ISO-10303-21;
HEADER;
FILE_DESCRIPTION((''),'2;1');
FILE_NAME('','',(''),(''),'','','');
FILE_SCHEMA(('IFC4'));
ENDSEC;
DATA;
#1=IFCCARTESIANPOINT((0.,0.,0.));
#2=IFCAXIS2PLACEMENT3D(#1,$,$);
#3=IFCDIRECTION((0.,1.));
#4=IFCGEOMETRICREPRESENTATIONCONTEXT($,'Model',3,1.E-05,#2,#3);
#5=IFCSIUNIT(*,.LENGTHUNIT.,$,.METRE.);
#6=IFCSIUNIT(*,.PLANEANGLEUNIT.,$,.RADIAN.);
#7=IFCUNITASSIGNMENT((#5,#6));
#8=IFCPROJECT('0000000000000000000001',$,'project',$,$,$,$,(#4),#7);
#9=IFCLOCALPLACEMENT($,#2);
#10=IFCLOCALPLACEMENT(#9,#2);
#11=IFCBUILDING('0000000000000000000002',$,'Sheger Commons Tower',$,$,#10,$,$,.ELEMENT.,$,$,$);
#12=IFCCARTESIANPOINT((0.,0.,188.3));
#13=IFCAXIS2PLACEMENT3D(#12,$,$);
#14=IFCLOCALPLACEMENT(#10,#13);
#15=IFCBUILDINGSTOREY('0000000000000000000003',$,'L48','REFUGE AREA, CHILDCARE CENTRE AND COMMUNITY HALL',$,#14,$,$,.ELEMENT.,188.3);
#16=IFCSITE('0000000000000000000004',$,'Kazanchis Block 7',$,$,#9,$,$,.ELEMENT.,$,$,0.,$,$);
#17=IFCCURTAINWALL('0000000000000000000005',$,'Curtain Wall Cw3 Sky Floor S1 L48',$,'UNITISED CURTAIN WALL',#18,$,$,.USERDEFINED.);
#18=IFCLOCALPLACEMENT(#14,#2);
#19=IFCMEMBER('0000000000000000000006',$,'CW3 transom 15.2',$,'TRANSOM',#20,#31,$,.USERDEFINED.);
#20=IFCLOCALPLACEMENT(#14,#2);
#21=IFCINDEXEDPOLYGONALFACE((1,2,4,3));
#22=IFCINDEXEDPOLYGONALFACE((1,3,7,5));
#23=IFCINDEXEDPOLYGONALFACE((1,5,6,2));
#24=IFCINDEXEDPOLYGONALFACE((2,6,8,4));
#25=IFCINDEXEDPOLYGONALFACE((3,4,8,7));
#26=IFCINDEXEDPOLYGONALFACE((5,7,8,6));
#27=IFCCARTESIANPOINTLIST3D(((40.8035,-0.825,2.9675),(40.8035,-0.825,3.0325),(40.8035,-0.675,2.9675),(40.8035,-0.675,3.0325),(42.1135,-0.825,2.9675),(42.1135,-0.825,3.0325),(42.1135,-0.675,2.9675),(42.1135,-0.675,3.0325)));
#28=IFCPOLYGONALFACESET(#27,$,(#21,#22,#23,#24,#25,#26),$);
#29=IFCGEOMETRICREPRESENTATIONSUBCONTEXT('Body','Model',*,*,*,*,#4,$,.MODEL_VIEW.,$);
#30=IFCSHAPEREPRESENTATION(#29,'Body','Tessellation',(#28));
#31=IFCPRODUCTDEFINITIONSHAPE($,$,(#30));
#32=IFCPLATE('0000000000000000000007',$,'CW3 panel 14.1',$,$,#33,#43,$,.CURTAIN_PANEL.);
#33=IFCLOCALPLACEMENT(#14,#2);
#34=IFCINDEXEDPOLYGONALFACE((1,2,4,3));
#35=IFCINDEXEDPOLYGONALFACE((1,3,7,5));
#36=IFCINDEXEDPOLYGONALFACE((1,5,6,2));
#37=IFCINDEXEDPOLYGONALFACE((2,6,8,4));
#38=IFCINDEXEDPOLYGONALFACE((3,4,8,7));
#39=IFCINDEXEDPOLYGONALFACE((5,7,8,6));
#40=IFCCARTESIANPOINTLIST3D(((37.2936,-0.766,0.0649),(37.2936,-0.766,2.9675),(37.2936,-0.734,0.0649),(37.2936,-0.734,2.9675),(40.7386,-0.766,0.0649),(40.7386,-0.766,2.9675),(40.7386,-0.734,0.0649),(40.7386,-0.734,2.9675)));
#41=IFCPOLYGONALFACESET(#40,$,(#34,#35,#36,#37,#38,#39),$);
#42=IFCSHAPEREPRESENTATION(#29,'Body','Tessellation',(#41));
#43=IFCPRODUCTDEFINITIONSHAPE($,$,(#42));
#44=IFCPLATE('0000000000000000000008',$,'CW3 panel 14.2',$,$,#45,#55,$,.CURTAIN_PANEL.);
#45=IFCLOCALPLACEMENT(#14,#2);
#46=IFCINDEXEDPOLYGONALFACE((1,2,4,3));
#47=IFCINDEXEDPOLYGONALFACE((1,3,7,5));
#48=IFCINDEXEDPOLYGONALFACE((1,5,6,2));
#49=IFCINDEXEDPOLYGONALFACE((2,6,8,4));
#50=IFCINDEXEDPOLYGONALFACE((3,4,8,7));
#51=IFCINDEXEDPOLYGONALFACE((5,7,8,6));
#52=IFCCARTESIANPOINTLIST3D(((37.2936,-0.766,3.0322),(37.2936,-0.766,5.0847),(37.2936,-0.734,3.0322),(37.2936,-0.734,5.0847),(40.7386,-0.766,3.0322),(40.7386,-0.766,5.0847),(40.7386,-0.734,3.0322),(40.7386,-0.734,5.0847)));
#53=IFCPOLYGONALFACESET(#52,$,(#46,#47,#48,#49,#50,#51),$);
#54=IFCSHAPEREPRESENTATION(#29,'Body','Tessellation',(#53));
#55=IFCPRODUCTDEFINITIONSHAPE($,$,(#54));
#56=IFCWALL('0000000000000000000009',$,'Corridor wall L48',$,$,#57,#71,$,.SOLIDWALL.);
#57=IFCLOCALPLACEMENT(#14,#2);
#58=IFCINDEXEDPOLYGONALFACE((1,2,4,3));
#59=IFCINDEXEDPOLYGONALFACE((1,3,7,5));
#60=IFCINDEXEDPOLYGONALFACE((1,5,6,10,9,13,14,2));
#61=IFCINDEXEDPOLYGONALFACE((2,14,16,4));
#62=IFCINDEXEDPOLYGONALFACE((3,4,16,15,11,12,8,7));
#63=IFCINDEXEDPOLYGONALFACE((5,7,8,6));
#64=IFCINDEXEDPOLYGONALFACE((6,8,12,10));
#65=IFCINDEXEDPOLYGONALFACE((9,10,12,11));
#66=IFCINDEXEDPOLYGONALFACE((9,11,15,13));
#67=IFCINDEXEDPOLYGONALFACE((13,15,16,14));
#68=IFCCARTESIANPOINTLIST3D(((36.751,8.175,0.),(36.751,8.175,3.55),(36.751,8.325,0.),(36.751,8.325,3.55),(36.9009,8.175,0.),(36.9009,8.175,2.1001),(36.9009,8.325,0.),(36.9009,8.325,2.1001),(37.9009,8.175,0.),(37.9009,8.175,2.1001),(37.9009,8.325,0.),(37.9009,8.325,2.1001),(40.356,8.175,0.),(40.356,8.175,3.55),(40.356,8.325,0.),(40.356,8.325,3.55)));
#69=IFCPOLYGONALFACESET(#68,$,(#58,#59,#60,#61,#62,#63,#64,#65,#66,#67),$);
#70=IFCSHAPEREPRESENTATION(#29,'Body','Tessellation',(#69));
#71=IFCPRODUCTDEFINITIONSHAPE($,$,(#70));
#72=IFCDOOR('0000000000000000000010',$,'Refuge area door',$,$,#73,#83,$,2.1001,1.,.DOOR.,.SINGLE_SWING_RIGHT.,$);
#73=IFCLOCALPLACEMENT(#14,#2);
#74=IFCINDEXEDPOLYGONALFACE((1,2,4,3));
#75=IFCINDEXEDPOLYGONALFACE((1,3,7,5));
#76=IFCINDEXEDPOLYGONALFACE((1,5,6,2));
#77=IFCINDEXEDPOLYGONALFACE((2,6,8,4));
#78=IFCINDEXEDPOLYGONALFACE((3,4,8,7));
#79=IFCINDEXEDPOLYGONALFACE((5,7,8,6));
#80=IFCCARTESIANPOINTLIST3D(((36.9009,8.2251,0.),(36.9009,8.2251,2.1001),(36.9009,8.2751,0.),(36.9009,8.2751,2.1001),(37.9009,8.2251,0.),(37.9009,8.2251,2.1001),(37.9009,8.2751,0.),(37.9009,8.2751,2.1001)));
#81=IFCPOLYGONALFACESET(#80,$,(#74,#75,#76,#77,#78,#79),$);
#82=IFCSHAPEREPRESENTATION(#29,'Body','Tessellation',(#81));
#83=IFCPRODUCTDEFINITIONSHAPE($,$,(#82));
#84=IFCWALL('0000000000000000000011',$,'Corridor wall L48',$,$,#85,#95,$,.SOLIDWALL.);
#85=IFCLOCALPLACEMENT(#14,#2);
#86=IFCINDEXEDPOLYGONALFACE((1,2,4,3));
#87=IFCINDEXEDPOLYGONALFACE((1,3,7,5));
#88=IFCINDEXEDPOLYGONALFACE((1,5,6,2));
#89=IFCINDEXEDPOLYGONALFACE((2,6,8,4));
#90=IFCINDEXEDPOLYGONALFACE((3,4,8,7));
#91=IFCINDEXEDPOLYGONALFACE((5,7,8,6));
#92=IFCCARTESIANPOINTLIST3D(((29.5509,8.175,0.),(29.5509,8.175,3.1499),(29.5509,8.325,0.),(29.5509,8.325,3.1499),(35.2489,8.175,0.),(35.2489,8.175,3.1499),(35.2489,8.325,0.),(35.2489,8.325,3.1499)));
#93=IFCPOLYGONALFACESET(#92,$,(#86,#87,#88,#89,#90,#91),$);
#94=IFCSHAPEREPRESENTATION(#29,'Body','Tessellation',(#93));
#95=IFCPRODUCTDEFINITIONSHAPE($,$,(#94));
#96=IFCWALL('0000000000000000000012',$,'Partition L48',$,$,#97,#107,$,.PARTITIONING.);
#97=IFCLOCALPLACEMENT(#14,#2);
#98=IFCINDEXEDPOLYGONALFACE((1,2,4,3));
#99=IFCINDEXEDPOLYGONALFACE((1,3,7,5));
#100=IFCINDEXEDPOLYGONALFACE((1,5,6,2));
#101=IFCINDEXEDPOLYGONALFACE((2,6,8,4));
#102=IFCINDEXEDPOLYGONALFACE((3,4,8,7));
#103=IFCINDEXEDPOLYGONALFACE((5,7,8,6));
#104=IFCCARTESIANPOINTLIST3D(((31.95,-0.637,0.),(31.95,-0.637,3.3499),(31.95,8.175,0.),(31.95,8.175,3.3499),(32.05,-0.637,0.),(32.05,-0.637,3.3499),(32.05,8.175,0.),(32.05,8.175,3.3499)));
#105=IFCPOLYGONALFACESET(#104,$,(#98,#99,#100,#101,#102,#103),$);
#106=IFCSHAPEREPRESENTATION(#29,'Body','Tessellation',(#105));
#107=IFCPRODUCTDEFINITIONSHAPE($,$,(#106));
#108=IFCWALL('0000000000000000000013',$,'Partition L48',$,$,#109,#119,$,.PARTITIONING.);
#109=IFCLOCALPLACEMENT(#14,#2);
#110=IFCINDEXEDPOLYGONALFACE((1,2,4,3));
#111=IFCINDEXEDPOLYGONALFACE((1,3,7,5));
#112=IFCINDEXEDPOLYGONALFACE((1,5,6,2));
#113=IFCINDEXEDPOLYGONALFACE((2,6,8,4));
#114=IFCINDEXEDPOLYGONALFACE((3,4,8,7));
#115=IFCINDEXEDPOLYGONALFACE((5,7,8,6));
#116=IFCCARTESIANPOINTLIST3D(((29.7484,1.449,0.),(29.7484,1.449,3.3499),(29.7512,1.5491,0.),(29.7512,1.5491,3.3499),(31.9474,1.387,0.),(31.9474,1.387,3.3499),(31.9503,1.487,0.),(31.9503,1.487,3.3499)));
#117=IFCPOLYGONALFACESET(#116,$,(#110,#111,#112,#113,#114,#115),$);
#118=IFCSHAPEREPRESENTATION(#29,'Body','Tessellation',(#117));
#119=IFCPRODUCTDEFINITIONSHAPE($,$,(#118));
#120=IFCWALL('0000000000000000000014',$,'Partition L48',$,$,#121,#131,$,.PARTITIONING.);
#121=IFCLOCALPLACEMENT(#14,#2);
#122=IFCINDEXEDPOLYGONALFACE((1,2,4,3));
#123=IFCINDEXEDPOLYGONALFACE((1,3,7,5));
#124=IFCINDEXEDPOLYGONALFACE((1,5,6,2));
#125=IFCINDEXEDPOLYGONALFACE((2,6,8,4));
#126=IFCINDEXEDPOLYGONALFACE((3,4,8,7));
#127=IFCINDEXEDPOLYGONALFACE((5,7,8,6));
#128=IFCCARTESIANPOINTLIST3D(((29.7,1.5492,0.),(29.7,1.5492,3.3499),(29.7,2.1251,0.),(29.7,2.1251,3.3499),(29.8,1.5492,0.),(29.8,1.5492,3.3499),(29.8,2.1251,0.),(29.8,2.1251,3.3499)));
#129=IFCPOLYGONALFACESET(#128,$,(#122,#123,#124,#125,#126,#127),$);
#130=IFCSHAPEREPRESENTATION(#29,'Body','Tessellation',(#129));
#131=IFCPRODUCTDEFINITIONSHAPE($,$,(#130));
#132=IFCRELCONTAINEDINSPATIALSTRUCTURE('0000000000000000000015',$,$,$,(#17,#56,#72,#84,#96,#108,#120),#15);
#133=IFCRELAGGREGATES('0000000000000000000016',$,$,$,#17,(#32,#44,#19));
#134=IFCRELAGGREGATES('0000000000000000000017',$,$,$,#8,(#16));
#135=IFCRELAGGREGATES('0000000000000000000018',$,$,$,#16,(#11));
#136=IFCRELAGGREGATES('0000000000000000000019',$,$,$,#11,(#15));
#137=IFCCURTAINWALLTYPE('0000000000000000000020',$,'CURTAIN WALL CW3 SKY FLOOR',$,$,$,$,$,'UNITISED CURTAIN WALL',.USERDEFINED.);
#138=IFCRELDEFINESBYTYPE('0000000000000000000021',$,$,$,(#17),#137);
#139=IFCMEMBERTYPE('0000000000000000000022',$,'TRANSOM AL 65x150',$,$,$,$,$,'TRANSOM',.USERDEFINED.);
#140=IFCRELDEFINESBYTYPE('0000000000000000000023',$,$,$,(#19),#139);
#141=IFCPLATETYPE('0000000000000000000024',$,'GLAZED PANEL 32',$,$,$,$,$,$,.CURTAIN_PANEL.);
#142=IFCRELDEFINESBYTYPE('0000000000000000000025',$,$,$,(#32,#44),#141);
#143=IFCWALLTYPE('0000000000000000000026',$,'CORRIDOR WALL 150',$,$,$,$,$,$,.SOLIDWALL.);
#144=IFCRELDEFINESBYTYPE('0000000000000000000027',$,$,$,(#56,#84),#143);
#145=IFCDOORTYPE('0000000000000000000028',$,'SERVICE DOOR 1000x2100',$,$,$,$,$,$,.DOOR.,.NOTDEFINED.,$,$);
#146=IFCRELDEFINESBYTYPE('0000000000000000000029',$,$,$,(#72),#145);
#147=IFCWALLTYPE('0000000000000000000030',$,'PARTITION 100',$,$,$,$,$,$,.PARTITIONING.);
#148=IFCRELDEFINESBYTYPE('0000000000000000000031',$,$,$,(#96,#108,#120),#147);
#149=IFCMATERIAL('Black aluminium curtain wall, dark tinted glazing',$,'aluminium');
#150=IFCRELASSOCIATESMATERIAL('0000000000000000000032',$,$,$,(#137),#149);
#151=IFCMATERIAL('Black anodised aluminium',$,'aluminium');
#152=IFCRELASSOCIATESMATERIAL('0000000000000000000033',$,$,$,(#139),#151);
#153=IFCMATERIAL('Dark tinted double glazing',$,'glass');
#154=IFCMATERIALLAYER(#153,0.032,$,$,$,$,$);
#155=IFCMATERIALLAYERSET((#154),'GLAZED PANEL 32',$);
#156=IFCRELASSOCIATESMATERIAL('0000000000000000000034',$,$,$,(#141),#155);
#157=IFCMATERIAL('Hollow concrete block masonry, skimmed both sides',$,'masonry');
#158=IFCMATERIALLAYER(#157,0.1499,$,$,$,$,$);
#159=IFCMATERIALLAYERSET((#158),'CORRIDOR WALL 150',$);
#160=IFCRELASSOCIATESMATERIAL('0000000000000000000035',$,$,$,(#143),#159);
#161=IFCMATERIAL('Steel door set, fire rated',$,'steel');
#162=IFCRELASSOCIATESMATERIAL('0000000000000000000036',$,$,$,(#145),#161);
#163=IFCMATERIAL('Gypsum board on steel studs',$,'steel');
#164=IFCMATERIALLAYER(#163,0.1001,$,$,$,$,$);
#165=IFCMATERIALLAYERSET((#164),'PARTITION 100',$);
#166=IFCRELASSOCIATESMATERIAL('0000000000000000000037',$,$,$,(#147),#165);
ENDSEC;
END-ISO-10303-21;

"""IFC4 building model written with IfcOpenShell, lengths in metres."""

from ifc_helpers import new_model, si_unit, direction, frame, frame_2d, origin, origin_2d, place, context, subcontext, project, spatial, rectangle, extrude, material, layer, layer_set, material_profile, profile_set, type_object, element, fill, aggregate, save


model = new_model("IFC4")

# Units and contexts
model_context = context("Model", 3, precision=1e-05, world=origin(), true_north=direction((0.0, 1.0)))
body_context = subcontext(model_context, "Body", "Model", "MODEL_VIEW")
ifc_project = project(units=[si_unit("LENGTHUNIT", "METRE"), si_unit("PLANEANGLEUNIT", "RADIAN")], contexts=[model_context])

# Site, building, storey
site_placement = place(None, origin())
site = spatial("IfcSite", under=ifc_project, at=site_placement, Name="Kazanchis Block 7", CompositionType="ELEMENT", RefElevation=0.0)
building_placement = place(site_placement, origin())
building = spatial("IfcBuilding", under=site, at=building_placement, Name="Sheger Commons Tower", CompositionType="ELEMENT")
storey_placement = place(building_placement, frame((0.0, 0.0, 188.3)))
storey = spatial("IfcBuildingStorey", under=building, at=storey_placement, Name="L48", Description="REFUGE AREA, CHILDCARE CENTRE AND COMMUNITY HALL", CompositionType="ELEMENT", Elevation=188.3)

# Curtain wall
ifc_material_1 = material(Name="Black aluminium curtain wall, dark tinted glazing", Category="aluminium")
curtain_wall_type = type_object("IfcCurtainWallType", Name="CURTAIN WALL CW3 SKY FLOOR", ElementType="UNITISED CURTAIN WALL", PredefinedType="USERDEFINED", material=ifc_material_1)
curtain_wall_placement = place(storey_placement, origin())
curtain_wall = element("IfcCurtainWall", 1, at=curtain_wall_placement, inside=storey, type_object=curtain_wall_type, Name="Curtain Wall Cw3 Sky Floor S1 L48", ObjectType="UNITISED CURTAIN WALL", PredefinedType="USERDEFINED")

# Member
ifc_material_2 = material(Name="Black anodised aluminium", Category="aluminium")
ifc_material_profile_1 = material_profile(ifc_material_2, rectangle(XDim=0.1499, YDim=0.0649, at=origin_2d()), Name="AL 65x150")
ifc_profile_set_1 = profile_set([ifc_material_profile_1], Name="Black anodised aluminium")
member_type_1 = type_object("IfcMemberType", Name="TRANSOM AL 65x150", ElementType="TRANSOM", PredefinedType="USERDEFINED", material=ifc_profile_set_1)
member_1_placement = place(storey_placement, frame((40.8035, -0.75, 3.0), z_axis=(1.0, 0.0, 0.0), x_axis=(0.0, 1.0, 0.0)))
member_1 = element("IfcMember", 2, at=member_1_placement, type_object=member_type_1, Name="CW3 transom 15.2", ObjectType="TRANSOM", PredefinedType="USERDEFINED", context=body_context, shape_type="SweptSolid", body=[
    extrude(rectangle(XDim=0.1499, YDim=0.0649, at=origin_2d()), origin(), (0.0, 0.0, 1.0), 1.3101),
])

# Plates
ifc_material_3 = material(Name="Dark tinted double glazing", Category="glass")
ifc_layer_1 = layer(ifc_material_3, 0.032)
ifc_layer_set_1 = layer_set([ifc_layer_1], Name="GLAZED PANEL 32")
plate_type = type_object("IfcPlateType", Name="GLAZED PANEL 32", PredefinedType="CURTAIN_PANEL", material=ifc_layer_set_1)
plate_1_placement = place(storey_placement, frame((39.0161, -0.75, 0.0649), z_axis=(0.0, 0.0, 1.0), x_axis=(1.0, 0.0, 0.0)))
plate_1 = element("IfcPlate", 3, at=plate_1_placement, type_object=plate_type, Name="CW3 panel 14.1", PredefinedType="CURTAIN_PANEL", context=body_context, shape_type="SweptSolid", body=[
    extrude(rectangle(XDim=3.4451, YDim=0.032, at=origin_2d()), origin(), (0.0, 0.0, 1.0), 2.9026),
])
plate_2_placement = place(storey_placement, frame((39.0161, -0.75, 3.0322), z_axis=(0.0, 0.0, 1.0), x_axis=(1.0, 0.0, 0.0)))
plate_2 = element("IfcPlate", 4, at=plate_2_placement, type_object=plate_type, Name="CW3 panel 14.2", PredefinedType="CURTAIN_PANEL", context=body_context, shape_type="SweptSolid", body=[
    extrude(rectangle(XDim=3.4451, YDim=0.032, at=origin_2d()), origin(), (0.0, 0.0, 1.0), 2.0525),
])
aggregate(curtain_wall, [plate_1, plate_2, member_1])

# Wall, opening, door
ifc_material_4 = material(Name="Hollow concrete block masonry, skimmed both sides", Category="masonry")
ifc_layer_2 = layer(ifc_material_4, 0.1499)
ifc_layer_set_2 = layer_set([ifc_layer_2], Name="CORRIDOR WALL 150")
wall_type_1 = type_object("IfcWallType", Name="CORRIDOR WALL 150", PredefinedType="SOLIDWALL", material=ifc_layer_set_2)
wall_1_placement = place(storey_placement, frame((40.356, 8.25, 0.0), z_axis=(0.0, 0.0, 1.0), x_axis=(-1.0, 0.0, 0.0)))
wall_1 = element("IfcWall", 5, at=wall_1_placement, inside=storey, type_object=wall_type_1, Name="Corridor wall L48", PredefinedType="SOLIDWALL", context=body_context, shape_type="SweptSolid", body=[
    extrude(rectangle(XDim=3.605, YDim=0.1499, at=frame_2d((1.8025, 0.0))), origin(), (0.0, 0.0, 1.0), 3.55),
])
opening_1_placement = place(wall_1_placement, frame((2.4551, 0.0, 0.0)))
opening_1 = element("IfcOpeningElement", 6, at=opening_1_placement, cuts=wall_1, PredefinedType="OPENING", context=body_context, shape_type="SweptSolid", body=[
    extrude(rectangle(XDim=1.0, YDim=2.1001, at=frame_2d((0.5, 1.05))), frame((0.0, 0.085, 0.0), z_axis=(0.0, -1.0, 0.0), x_axis=(1.0, 0.0, 0.0)), (0.0, 0.0, 1.0), 0.1699),
])
ifc_material_5 = material(Name="Steel door set, fire rated", Category="steel")
door_type = type_object("IfcDoorType", Name="SERVICE DOOR 1000x2100", OperationType="NOTDEFINED", PredefinedType="DOOR", material=ifc_material_5)
door_1_placement = place(opening_1_placement, origin())
door_1 = element("IfcDoor", 7, at=door_1_placement, inside=storey, type_object=door_type, Name="Refuge area door", OperationType="SINGLE_SWING_RIGHT", OverallHeight=2.1001, OverallWidth=1.0, PredefinedType="DOOR", context=body_context, shape_type="SweptSolid", body=[
    extrude(rectangle(XDim=1.0, YDim=2.1001, at=frame_2d((0.5, 1.05))), frame((0.0, 0.0249, 0.0), z_axis=(0.0, -1.0, 0.0), x_axis=(1.0, 0.0, 0.0)), (0.0, 0.0, 1.0), 0.05),
])
fill(opening_1, door_1)

# Walls
wall_2_placement = place(storey_placement, frame((35.249, 8.25, 0.0), z_axis=(0.0, 0.0, 1.0), x_axis=(-1.0, 0.0, 0.0)))
element("IfcWall", 8, at=wall_2_placement, inside=storey, type_object=wall_type_1, Name="Corridor wall L48", PredefinedType="SOLIDWALL", context=body_context, shape_type="SweptSolid", body=[
    extrude(rectangle(XDim=5.698, YDim=0.1499, at=frame_2d((2.8491, 0.0))), origin(), (0.0, 0.0, 1.0), 3.1499),
])
ifc_material_6 = material(Name="Gypsum board on steel studs", Category="steel")
ifc_layer_3 = layer(ifc_material_6, 0.1001)
ifc_layer_set_3 = layer_set([ifc_layer_3], Name="PARTITION 100")
wall_type_2 = type_object("IfcWallType", Name="PARTITION 100", PredefinedType="PARTITIONING", material=ifc_layer_set_3)
wall_3_placement = place(storey_placement, frame((32.0, -0.637, 0.0), z_axis=(0.0, 0.0, 1.0), x_axis=(0.0, 1.0, 0.0)))
element("IfcWall", 9, at=wall_3_placement, inside=storey, type_object=wall_type_2, Name="Partition L48", PredefinedType="PARTITIONING", context=body_context, shape_type="SweptSolid", body=[
    extrude(rectangle(XDim=8.812, YDim=0.1001, at=frame_2d((4.406, 0.0))), origin(), (0.0, 0.0, 1.0), 3.3499),
])
wall_4_placement = place(storey_placement, frame((31.949, 1.437, 0.0), z_axis=(0.0, 0.0, 1.0), x_axis=(-0.999603, 0.028189, 0.0)))
element("IfcWall", 10, at=wall_4_placement, inside=storey, type_object=wall_type_2, Name="Partition L48", PredefinedType="PARTITIONING", context=body_context, shape_type="SweptSolid", body=[
    extrude(rectangle(XDim=2.2, YDim=0.1001, at=frame_2d((1.1001, 0.0))), origin(), (0.0, 0.0, 1.0), 3.3499),
])
wall_5_placement = place(storey_placement, frame((29.75, 1.5491, 0.0), z_axis=(0.0, 0.0, 1.0), x_axis=(0.0, 1.0, 0.0)))
element("IfcWall", 11, at=wall_5_placement, inside=storey, type_object=wall_type_2, Name="Partition L48", PredefinedType="PARTITIONING", context=body_context, shape_type="SweptSolid", body=[
    extrude(rectangle(XDim=0.5759, YDim=0.1001, at=frame_2d((0.2881, 0.0))), origin(), (0.0, 0.0, 1.0), 3.3499),
])

save(model, "model.ifc")
